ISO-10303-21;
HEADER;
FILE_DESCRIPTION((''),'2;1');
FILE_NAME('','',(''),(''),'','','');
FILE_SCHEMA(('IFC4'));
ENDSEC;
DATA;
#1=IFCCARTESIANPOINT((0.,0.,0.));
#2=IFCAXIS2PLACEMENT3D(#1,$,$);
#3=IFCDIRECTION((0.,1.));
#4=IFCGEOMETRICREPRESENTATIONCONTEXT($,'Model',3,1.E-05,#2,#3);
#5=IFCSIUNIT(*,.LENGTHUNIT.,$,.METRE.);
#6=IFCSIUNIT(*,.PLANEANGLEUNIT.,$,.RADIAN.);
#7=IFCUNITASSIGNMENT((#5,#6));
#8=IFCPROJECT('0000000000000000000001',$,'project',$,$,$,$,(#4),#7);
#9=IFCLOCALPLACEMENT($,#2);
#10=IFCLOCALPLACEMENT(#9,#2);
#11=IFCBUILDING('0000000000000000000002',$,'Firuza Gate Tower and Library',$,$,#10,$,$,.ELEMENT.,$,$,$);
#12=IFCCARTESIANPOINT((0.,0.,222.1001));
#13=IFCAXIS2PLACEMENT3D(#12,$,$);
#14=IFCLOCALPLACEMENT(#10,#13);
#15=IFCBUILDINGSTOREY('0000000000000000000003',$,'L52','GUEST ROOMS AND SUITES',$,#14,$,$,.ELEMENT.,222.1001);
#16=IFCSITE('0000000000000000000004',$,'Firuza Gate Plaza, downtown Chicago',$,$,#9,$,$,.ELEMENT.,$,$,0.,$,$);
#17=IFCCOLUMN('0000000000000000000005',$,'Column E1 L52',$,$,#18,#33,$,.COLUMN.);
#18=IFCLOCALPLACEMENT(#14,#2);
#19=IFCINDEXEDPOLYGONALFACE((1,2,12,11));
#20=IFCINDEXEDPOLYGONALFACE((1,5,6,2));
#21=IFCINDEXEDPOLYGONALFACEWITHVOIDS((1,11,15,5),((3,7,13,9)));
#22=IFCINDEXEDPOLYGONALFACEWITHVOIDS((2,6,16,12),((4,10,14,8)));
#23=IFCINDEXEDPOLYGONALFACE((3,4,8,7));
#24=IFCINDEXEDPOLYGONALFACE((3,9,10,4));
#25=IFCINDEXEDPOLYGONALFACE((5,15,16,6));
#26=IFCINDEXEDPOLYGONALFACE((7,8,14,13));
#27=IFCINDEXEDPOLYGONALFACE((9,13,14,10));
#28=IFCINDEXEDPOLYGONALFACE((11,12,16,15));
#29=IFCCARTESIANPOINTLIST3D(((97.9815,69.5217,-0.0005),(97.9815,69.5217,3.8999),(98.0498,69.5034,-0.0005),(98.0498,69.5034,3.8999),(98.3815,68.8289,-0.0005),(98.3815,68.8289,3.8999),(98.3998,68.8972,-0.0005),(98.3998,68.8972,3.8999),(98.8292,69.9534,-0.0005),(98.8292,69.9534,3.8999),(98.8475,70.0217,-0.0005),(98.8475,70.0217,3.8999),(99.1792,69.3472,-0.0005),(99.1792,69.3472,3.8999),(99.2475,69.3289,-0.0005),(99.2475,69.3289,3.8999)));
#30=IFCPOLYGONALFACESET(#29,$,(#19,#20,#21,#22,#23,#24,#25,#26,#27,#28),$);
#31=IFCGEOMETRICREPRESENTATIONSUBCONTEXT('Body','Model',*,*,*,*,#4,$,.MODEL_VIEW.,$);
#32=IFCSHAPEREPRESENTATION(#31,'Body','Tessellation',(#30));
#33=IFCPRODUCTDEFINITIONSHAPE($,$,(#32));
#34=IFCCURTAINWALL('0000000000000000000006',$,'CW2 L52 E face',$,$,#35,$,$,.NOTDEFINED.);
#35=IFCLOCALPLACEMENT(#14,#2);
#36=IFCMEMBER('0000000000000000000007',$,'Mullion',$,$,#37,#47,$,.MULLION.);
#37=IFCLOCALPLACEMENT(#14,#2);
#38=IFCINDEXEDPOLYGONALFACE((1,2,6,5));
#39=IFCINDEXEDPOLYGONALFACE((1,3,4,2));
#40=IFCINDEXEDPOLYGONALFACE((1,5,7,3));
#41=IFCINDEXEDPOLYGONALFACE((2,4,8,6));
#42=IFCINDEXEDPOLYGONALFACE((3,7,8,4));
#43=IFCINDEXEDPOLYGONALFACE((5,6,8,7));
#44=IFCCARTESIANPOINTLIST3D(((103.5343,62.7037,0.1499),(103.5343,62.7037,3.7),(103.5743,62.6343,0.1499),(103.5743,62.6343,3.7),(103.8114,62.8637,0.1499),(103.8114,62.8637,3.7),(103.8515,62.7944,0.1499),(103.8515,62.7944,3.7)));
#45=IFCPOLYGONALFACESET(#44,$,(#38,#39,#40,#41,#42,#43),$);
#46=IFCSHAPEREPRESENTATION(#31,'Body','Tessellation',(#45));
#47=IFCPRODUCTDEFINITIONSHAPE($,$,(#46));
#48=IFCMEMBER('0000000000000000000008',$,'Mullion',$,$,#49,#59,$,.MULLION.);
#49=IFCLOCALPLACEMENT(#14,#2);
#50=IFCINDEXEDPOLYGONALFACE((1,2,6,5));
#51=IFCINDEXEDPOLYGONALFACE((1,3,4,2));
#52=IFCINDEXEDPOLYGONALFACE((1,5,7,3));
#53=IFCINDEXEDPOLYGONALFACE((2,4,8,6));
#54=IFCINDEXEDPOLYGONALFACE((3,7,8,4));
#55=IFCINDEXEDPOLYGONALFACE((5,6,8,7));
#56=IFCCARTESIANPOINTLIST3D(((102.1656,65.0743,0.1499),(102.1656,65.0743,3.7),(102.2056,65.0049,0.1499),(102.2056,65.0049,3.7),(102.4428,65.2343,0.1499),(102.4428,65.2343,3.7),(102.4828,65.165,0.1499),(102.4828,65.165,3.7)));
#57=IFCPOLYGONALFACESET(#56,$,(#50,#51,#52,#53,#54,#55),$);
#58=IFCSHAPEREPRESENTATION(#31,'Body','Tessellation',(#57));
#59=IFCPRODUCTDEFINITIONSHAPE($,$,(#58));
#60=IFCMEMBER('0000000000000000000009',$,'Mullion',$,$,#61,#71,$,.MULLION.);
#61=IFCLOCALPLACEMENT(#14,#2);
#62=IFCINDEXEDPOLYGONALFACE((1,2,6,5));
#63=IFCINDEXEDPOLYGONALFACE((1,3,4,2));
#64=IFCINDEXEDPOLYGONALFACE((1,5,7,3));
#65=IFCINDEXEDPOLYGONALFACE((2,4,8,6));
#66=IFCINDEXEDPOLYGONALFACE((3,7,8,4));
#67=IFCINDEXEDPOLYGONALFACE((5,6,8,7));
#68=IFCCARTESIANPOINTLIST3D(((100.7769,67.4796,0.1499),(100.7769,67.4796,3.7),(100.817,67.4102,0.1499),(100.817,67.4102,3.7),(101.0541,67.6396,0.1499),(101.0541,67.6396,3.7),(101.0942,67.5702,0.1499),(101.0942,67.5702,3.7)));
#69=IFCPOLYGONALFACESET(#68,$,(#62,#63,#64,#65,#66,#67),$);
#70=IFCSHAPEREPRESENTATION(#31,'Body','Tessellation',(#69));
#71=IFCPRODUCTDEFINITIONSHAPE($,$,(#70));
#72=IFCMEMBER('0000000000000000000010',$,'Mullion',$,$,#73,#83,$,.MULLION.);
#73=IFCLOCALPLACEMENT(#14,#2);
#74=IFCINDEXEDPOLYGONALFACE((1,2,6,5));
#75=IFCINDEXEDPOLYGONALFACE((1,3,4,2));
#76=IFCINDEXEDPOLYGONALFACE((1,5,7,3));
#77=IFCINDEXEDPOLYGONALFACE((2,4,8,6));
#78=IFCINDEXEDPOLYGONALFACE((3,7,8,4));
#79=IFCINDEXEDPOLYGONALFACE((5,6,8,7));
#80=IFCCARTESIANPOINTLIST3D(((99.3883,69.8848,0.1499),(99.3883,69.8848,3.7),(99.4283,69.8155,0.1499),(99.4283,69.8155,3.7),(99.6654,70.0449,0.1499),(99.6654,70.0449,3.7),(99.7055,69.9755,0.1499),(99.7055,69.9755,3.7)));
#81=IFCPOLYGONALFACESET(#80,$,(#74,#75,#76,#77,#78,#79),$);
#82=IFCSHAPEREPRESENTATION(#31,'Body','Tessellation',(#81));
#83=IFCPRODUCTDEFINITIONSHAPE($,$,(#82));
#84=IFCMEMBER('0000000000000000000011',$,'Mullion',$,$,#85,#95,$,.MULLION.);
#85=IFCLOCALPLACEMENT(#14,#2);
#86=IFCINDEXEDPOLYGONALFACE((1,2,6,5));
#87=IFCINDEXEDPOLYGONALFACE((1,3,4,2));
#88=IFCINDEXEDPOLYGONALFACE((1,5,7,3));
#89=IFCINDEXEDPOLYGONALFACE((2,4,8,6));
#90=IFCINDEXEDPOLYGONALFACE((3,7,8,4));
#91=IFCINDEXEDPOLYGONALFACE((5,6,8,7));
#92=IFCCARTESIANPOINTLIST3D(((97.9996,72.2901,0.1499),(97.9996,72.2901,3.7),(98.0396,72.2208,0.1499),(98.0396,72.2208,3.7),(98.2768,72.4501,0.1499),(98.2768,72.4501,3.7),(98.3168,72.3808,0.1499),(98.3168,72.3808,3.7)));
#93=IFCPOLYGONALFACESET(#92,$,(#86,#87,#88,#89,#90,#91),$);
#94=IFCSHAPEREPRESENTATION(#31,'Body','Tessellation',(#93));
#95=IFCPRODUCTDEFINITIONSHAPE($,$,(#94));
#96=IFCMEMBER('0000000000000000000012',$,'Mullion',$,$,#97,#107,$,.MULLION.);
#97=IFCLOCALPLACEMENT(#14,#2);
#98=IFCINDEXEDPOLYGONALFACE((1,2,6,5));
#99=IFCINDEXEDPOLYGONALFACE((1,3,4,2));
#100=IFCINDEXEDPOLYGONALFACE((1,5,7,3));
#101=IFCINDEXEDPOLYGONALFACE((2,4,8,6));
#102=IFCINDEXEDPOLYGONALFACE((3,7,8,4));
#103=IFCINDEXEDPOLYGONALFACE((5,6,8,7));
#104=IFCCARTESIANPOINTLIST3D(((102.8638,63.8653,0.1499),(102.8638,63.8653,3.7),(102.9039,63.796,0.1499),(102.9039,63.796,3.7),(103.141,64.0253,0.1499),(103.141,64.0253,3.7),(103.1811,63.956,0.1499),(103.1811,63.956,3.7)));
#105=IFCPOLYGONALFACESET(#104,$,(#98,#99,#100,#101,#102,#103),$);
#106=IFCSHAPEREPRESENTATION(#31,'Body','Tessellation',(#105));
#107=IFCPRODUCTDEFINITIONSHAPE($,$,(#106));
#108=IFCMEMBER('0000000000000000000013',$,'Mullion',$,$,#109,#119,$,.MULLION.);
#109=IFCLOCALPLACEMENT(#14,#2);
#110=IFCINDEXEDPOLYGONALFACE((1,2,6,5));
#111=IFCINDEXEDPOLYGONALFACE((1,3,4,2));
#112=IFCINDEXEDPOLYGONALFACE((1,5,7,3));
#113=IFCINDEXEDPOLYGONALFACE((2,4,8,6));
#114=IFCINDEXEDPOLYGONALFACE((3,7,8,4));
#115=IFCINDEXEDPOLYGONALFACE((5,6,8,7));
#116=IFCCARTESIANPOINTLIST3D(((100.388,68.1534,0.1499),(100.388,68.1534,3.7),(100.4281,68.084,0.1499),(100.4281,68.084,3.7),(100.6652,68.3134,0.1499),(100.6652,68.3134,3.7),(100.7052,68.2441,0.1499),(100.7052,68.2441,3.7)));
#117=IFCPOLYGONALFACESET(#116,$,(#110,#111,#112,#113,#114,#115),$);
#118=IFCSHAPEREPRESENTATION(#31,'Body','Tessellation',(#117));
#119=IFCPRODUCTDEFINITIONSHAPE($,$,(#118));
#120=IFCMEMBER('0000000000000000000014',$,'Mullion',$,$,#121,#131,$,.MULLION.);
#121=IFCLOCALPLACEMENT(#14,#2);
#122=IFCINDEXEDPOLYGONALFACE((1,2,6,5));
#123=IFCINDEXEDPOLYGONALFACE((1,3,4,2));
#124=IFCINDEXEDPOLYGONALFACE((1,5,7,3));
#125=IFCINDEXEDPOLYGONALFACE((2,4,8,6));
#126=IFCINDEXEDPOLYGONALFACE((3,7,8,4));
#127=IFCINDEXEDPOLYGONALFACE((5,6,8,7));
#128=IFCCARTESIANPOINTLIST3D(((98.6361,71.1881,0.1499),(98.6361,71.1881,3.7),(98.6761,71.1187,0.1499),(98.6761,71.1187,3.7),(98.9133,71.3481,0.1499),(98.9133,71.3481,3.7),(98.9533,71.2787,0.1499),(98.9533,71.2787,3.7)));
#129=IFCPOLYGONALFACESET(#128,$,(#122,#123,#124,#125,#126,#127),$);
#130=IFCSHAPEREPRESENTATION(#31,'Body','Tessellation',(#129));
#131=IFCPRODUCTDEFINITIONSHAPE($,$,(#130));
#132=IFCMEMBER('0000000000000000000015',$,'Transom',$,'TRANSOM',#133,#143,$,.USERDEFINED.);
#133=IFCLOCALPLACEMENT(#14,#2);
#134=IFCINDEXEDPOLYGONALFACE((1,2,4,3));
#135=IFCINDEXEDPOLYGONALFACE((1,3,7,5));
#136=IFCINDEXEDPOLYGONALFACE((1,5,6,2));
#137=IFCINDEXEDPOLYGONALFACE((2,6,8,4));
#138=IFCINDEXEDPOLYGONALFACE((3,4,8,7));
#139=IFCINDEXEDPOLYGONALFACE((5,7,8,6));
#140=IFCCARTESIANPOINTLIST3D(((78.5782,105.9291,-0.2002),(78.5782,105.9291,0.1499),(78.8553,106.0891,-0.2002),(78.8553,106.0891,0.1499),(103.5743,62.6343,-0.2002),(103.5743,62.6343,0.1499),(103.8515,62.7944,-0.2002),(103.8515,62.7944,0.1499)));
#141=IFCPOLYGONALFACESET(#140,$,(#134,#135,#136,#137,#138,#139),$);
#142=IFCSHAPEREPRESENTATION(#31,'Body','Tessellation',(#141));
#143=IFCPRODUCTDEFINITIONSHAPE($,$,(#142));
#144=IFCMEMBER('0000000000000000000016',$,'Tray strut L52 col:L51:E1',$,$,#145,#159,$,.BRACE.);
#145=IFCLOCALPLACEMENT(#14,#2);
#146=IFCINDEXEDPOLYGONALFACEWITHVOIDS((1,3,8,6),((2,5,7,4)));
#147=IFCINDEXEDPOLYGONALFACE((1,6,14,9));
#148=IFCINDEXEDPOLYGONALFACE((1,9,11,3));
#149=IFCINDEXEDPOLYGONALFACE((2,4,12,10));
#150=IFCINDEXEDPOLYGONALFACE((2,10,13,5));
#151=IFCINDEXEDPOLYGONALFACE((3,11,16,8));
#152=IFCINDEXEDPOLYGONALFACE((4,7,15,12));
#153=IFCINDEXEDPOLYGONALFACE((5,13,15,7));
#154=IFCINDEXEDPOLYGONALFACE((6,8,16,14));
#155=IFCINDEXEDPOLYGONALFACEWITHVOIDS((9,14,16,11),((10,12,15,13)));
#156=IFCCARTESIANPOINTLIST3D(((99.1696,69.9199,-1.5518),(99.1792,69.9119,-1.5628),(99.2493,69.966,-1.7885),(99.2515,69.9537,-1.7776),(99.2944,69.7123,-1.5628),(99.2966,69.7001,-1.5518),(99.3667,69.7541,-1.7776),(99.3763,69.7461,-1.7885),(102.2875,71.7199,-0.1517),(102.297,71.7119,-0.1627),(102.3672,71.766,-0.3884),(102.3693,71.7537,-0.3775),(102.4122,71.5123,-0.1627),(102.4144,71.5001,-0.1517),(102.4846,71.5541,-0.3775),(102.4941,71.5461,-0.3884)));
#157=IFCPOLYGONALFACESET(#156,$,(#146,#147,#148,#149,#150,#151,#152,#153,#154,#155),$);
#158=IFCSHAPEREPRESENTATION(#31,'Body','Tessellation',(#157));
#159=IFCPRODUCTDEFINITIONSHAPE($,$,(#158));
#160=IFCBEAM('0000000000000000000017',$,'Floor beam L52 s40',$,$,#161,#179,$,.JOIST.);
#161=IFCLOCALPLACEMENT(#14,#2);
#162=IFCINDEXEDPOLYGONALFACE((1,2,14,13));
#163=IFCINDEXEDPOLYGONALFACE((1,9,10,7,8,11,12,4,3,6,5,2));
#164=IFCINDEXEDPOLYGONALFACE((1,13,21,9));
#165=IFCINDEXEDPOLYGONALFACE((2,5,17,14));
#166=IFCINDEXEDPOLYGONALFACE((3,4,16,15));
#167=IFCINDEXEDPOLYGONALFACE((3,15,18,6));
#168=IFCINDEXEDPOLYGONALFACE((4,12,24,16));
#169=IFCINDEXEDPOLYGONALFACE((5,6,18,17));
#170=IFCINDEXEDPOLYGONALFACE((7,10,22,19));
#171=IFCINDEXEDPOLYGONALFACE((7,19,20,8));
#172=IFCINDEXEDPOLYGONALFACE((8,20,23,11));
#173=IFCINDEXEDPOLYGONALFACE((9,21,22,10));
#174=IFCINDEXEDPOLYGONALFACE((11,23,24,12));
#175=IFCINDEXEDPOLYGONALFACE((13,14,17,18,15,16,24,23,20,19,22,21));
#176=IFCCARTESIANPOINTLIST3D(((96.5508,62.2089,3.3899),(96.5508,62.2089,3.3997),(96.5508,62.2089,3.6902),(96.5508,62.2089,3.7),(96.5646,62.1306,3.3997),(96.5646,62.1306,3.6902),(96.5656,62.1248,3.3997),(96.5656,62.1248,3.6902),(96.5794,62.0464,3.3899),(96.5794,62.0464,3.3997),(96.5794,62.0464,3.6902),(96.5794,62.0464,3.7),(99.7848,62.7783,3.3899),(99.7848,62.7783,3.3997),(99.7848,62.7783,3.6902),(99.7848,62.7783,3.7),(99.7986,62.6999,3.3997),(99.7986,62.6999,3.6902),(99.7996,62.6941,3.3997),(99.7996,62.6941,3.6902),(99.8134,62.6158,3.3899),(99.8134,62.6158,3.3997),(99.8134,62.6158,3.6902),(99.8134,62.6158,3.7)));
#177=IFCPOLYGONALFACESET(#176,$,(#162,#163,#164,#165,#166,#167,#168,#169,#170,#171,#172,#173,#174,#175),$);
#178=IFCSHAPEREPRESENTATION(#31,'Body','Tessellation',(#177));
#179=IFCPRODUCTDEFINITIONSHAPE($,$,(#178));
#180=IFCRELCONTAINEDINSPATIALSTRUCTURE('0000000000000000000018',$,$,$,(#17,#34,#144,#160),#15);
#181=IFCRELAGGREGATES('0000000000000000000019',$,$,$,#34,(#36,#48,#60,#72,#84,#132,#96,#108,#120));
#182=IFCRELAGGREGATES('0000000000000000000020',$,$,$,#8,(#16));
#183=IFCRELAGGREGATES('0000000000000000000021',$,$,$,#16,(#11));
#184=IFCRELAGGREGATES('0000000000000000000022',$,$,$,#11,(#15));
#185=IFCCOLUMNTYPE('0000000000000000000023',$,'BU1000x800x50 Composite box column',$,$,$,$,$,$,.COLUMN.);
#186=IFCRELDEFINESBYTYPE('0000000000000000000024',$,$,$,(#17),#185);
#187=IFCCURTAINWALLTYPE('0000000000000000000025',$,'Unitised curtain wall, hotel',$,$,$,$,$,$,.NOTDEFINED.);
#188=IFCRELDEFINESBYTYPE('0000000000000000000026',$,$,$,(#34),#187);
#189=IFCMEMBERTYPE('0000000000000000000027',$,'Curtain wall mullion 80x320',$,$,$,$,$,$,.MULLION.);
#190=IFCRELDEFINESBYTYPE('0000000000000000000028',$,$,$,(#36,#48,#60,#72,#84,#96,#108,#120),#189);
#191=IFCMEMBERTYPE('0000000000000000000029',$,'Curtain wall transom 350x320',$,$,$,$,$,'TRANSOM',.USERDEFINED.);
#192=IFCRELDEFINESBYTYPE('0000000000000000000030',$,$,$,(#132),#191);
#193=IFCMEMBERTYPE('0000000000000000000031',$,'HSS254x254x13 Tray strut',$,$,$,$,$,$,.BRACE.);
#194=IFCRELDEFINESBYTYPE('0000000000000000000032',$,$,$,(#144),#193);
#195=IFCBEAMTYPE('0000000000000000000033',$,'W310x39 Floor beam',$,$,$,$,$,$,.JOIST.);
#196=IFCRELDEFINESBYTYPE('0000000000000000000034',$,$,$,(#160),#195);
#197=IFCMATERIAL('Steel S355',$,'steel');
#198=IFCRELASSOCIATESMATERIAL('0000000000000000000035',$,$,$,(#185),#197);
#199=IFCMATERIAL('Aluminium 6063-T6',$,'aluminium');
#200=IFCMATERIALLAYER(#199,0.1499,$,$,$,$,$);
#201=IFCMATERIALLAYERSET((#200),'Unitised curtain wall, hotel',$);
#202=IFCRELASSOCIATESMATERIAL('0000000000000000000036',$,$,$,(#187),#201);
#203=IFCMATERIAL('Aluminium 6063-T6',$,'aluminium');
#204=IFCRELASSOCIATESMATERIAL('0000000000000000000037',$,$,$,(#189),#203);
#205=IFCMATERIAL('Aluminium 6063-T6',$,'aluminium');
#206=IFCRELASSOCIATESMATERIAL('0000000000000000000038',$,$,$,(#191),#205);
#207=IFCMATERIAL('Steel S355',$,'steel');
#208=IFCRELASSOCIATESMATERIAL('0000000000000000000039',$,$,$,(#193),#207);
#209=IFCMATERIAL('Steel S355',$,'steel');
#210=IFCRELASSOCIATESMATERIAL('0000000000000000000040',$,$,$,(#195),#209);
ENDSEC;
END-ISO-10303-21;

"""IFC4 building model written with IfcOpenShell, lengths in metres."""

from ifc_helpers import new_model, si_unit, direction, frame, origin, origin_2d, place, context, subcontext, project, spatial, rectangle, hollow_rectangle, i_section, extrude, material, layer, layer_set, material_profile, profile_set, type_object, element, aggregate, save


model = new_model("IFC4")

# Units and contexts
model_context = context("Model", 3, precision=1e-05, world=origin(), true_north=direction((0.0, 1.0)))
body_context = subcontext(model_context, "Body", "Model", "MODEL_VIEW")
ifc_project = project(units=[si_unit("LENGTHUNIT", "METRE"), si_unit("PLANEANGLEUNIT", "RADIAN")], contexts=[model_context])

# Site, building, storey
site_placement = place(None, origin())
site = spatial("IfcSite", under=ifc_project, at=site_placement, Name="Firuza Gate Plaza, downtown Chicago", CompositionType="ELEMENT", RefElevation=0.0)
building_placement = place(site_placement, origin())
building = spatial("IfcBuilding", under=site, at=building_placement, Name="Firuza Gate Tower and Library", CompositionType="ELEMENT")
storey_placement = place(building_placement, frame((0.0, 0.0, 222.1001)))
storey = spatial("IfcBuildingStorey", under=building, at=storey_placement, Name="L52", Description="GUEST ROOMS AND SUITES", CompositionType="ELEMENT", Elevation=222.1001)

# Column
ifc_material_1 = material(Name="Steel S355", Category="steel")
ifc_material_profile_1 = material_profile(ifc_material_1, hollow_rectangle(XDim=0.8, YDim=1.0, WallThickness=0.05, at=origin_2d()))
ifc_profile_set_1 = profile_set([ifc_material_profile_1], Name="Steel S355")
column_type = type_object("IfcColumnType", Name="BU1000x800x50 Composite box column", PredefinedType="COLUMN", material=ifc_profile_set_1)
column_placement = place(storey_placement, frame((98.6145, 69.4253, -0.0005), z_axis=(0.0, 0.0, 1.0), x_axis=(-0.5, 0.866025, 0.0)))
element("IfcColumn", 1, at=column_placement, inside=storey, type_object=column_type, Name="Column E1 L52", PredefinedType="COLUMN", context=body_context, shape_type="SweptSolid", body=[
    extrude(hollow_rectangle(XDim=0.8, YDim=1.0, WallThickness=0.05, at=origin_2d()), origin(), (0.0, 0.0, 1.0), 3.9004),
])

# Curtain wall, members
ifc_material_2 = material(Name="Aluminium 6063-T6", Category="aluminium")
ifc_layer_1 = layer(ifc_material_2, 0.1499)
ifc_layer_set_1 = layer_set([ifc_layer_1], Name="Unitised curtain wall, hotel")
curtain_wall_type = type_object("IfcCurtainWallType", Name="Unitised curtain wall, hotel", PredefinedType="NOTDEFINED", material=ifc_layer_set_1)
curtain_wall_placement = place(storey_placement, origin())
curtain_wall = element("IfcCurtainWall", 2, at=curtain_wall_placement, inside=storey, type_object=curtain_wall_type, Name="CW2 L52 E face", PredefinedType="NOTDEFINED")
ifc_material_3 = material(Name="Aluminium 6063-T6", Category="aluminium")
ifc_material_profile_2 = material_profile(ifc_material_3, rectangle(XDim=0.3201, YDim=0.0801, at=origin_2d()))
ifc_profile_set_2 = profile_set([ifc_material_profile_2], Name="Aluminium 6063-T6")
member_type_1 = type_object("IfcMemberType", Name="Curtain wall mullion 80x320", PredefinedType="MULLION", material=ifc_profile_set_2)
member_1_placement = place(storey_placement, frame((103.6929, 62.749, 0.1499), z_axis=(0.0, 0.0, 1.0), x_axis=(-0.866025, -0.5, 0.0)))
member_1 = element("IfcMember", 3, at=member_1_placement, type_object=member_type_1, Name="Mullion", PredefinedType="MULLION", context=body_context, shape_type="SweptSolid", body=[
    extrude(rectangle(XDim=0.3201, YDim=0.0801, at=origin_2d()), origin(), (0.0, 0.0, 1.0), 3.55),
])
member_2_placement = place(storey_placement, frame((102.3242, 65.1196, 0.1499), z_axis=(0.0, 0.0, 1.0), x_axis=(-0.866025, -0.5, 0.0)))
member_2 = element("IfcMember", 4, at=member_2_placement, type_object=member_type_1, Name="Mullion", PredefinedType="MULLION", context=body_context, shape_type="SweptSolid", body=[
    extrude(rectangle(XDim=0.3201, YDim=0.0801, at=origin_2d()), origin(), (0.0, 0.0, 1.0), 3.55),
])
member_3_placement = place(storey_placement, frame((100.9355, 67.5249, 0.1499), z_axis=(0.0, 0.0, 1.0), x_axis=(-0.866025, -0.5, 0.0)))
member_3 = element("IfcMember", 5, at=member_3_placement, type_object=member_type_1, Name="Mullion", PredefinedType="MULLION", context=body_context, shape_type="SweptSolid", body=[
    extrude(rectangle(XDim=0.3201, YDim=0.0801, at=origin_2d()), origin(), (0.0, 0.0, 1.0), 3.55),
])
member_4_placement = place(storey_placement, frame((99.5469, 69.9302, 0.1499), z_axis=(0.0, 0.0, 1.0), x_axis=(-0.866025, -0.5, 0.0)))
member_4 = element("IfcMember", 6, at=member_4_placement, type_object=member_type_1, Name="Mullion", PredefinedType="MULLION", context=body_context, shape_type="SweptSolid", body=[
    extrude(rectangle(XDim=0.3201, YDim=0.0801, at=origin_2d()), origin(), (0.0, 0.0, 1.0), 3.55),
])
member_5_placement = place(storey_placement, frame((98.1582, 72.3354, 0.1499), z_axis=(0.0, 0.0, 1.0), x_axis=(-0.866025, -0.5, 0.0)))
member_5 = element("IfcMember", 7, at=member_5_placement, type_object=member_type_1, Name="Mullion", PredefinedType="MULLION", context=body_context, shape_type="SweptSolid", body=[
    extrude(rectangle(XDim=0.3201, YDim=0.0801, at=origin_2d()), origin(), (0.0, 0.0, 1.0), 3.55),
])
member_6_placement = place(storey_placement, frame((103.0225, 63.9106, 0.1499), z_axis=(0.0, 0.0, 1.0), x_axis=(-0.866025, -0.5, 0.0)))
member_6 = element("IfcMember", 8, at=member_6_placement, type_object=member_type_1, Name="Mullion", PredefinedType="MULLION", context=body_context, shape_type="SweptSolid", body=[
    extrude(rectangle(XDim=0.3201, YDim=0.0801, at=origin_2d()), origin(), (0.0, 0.0, 1.0), 3.55),
])
member_7_placement = place(storey_placement, frame((100.5466, 68.1987, 0.1499), z_axis=(0.0, 0.0, 1.0), x_axis=(-0.866025, -0.5, 0.0)))
member_7 = element("IfcMember", 9, at=member_7_placement, type_object=member_type_1, Name="Mullion", PredefinedType="MULLION", context=body_context, shape_type="SweptSolid", body=[
    extrude(rectangle(XDim=0.3201, YDim=0.0801, at=origin_2d()), origin(), (0.0, 0.0, 1.0), 3.55),
])
member_8_placement = place(storey_placement, frame((98.7947, 71.2334, 0.1499), z_axis=(0.0, 0.0, 1.0), x_axis=(-0.866025, -0.5, 0.0)))
member_8 = element("IfcMember", 10, at=member_8_placement, type_object=member_type_1, Name="Mullion", PredefinedType="MULLION", context=body_context, shape_type="SweptSolid", body=[
    extrude(rectangle(XDim=0.3201, YDim=0.0801, at=origin_2d()), origin(), (0.0, 0.0, 1.0), 3.55),
])
ifc_material_4 = material(Name="Aluminium 6063-T6", Category="aluminium")
ifc_material_profile_3 = material_profile(ifc_material_4, rectangle(XDim=0.3201, YDim=0.3501, at=origin_2d()))
ifc_profile_set_3 = profile_set([ifc_material_profile_3], Name="Aluminium 6063-T6")
member_type_2 = type_object("IfcMemberType", Name="Curtain wall transom 350x320", ElementType="TRANSOM", PredefinedType="USERDEFINED", material=ifc_profile_set_3)
member_9_placement = place(storey_placement, frame((103.7129, 62.7144, -0.0251), z_axis=(-0.499998, 0.866026, 0.0), x_axis=(-0.866026, -0.499998, 0.0)))
member_9 = element("IfcMember", 11, at=member_9_placement, type_object=member_type_2, Name="Transom", ObjectType="TRANSOM", PredefinedType="USERDEFINED", context=body_context, shape_type="SweptSolid", body=[
    extrude(rectangle(XDim=0.3201, YDim=0.3501, at=origin_2d()), origin(), (0.0, 0.0, 1.0), 49.9924),
])

# Member
ifc_material_5 = material(Name="Steel S355", Category="steel")
ifc_material_profile_4 = material_profile(ifc_material_5, hollow_rectangle(XDim=0.2539, YDim=0.2539, WallThickness=0.0117, at=origin_2d()))
ifc_profile_set_4 = profile_set([ifc_material_profile_4], Name="Steel S355")
member_type_3 = type_object("IfcMemberType", Name="HSS254x254x13 Tray strut", PredefinedType="BRACE", material=ifc_profile_set_4)
member_10_placement = place(storey_placement, frame((99.2729, 69.833, -1.6702), z_axis=(0.807144, 0.465984, 0.36246), x_axis=(-0.499983, 0.866035, 0.0)))
element("IfcMember", 12, at=member_10_placement, inside=storey, type_object=member_type_3, Name="Tray strut L52 col:L51:E1", PredefinedType="BRACE", context=body_context, shape_type="SweptSolid", body=[
    extrude(hollow_rectangle(XDim=0.2539, YDim=0.2539, WallThickness=0.0117, at=origin_2d()), origin(), (0.0, 0.0, 1.0), 3.8628),
])

# Beam
ifc_material_6 = material(Name="Steel S355", Category="steel")
ifc_material_profile_5 = material_profile(ifc_material_6, i_section(OverallWidth=0.165, OverallDepth=0.3101, WebThickness=0.0059, FlangeThickness=0.0098, at=origin_2d()))
ifc_profile_set_5 = profile_set([ifc_material_profile_5], Name="Steel S355")
beam_type_1 = type_object("IfcBeamType", Name="W310x39 Floor beam", PredefinedType="JOIST", material=ifc_profile_set_5)
beam_1_placement = place(storey_placement, frame((99.7991, 62.697, 3.5449), z_axis=(-0.984854, -0.173387, 0.0), x_axis=(0.173387, -0.984854, 0.0)))
element("IfcBeam", 13, at=beam_1_placement, inside=storey, type_object=beam_type_1, Name="Floor beam L52 s40", PredefinedType="JOIST", context=body_context, shape_type="SweptSolid", body=[
    extrude(i_section(OverallWidth=0.165, OverallDepth=0.3101, WebThickness=0.0059, FlangeThickness=0.0098, at=origin_2d()), origin(), (0.0, 0.0, 1.0), 3.2837),
])

aggregate(curtain_wall, [member_1, member_2, member_3, member_4, member_5, member_9, member_6, member_7, member_8])

save(model, "model.ifc")
